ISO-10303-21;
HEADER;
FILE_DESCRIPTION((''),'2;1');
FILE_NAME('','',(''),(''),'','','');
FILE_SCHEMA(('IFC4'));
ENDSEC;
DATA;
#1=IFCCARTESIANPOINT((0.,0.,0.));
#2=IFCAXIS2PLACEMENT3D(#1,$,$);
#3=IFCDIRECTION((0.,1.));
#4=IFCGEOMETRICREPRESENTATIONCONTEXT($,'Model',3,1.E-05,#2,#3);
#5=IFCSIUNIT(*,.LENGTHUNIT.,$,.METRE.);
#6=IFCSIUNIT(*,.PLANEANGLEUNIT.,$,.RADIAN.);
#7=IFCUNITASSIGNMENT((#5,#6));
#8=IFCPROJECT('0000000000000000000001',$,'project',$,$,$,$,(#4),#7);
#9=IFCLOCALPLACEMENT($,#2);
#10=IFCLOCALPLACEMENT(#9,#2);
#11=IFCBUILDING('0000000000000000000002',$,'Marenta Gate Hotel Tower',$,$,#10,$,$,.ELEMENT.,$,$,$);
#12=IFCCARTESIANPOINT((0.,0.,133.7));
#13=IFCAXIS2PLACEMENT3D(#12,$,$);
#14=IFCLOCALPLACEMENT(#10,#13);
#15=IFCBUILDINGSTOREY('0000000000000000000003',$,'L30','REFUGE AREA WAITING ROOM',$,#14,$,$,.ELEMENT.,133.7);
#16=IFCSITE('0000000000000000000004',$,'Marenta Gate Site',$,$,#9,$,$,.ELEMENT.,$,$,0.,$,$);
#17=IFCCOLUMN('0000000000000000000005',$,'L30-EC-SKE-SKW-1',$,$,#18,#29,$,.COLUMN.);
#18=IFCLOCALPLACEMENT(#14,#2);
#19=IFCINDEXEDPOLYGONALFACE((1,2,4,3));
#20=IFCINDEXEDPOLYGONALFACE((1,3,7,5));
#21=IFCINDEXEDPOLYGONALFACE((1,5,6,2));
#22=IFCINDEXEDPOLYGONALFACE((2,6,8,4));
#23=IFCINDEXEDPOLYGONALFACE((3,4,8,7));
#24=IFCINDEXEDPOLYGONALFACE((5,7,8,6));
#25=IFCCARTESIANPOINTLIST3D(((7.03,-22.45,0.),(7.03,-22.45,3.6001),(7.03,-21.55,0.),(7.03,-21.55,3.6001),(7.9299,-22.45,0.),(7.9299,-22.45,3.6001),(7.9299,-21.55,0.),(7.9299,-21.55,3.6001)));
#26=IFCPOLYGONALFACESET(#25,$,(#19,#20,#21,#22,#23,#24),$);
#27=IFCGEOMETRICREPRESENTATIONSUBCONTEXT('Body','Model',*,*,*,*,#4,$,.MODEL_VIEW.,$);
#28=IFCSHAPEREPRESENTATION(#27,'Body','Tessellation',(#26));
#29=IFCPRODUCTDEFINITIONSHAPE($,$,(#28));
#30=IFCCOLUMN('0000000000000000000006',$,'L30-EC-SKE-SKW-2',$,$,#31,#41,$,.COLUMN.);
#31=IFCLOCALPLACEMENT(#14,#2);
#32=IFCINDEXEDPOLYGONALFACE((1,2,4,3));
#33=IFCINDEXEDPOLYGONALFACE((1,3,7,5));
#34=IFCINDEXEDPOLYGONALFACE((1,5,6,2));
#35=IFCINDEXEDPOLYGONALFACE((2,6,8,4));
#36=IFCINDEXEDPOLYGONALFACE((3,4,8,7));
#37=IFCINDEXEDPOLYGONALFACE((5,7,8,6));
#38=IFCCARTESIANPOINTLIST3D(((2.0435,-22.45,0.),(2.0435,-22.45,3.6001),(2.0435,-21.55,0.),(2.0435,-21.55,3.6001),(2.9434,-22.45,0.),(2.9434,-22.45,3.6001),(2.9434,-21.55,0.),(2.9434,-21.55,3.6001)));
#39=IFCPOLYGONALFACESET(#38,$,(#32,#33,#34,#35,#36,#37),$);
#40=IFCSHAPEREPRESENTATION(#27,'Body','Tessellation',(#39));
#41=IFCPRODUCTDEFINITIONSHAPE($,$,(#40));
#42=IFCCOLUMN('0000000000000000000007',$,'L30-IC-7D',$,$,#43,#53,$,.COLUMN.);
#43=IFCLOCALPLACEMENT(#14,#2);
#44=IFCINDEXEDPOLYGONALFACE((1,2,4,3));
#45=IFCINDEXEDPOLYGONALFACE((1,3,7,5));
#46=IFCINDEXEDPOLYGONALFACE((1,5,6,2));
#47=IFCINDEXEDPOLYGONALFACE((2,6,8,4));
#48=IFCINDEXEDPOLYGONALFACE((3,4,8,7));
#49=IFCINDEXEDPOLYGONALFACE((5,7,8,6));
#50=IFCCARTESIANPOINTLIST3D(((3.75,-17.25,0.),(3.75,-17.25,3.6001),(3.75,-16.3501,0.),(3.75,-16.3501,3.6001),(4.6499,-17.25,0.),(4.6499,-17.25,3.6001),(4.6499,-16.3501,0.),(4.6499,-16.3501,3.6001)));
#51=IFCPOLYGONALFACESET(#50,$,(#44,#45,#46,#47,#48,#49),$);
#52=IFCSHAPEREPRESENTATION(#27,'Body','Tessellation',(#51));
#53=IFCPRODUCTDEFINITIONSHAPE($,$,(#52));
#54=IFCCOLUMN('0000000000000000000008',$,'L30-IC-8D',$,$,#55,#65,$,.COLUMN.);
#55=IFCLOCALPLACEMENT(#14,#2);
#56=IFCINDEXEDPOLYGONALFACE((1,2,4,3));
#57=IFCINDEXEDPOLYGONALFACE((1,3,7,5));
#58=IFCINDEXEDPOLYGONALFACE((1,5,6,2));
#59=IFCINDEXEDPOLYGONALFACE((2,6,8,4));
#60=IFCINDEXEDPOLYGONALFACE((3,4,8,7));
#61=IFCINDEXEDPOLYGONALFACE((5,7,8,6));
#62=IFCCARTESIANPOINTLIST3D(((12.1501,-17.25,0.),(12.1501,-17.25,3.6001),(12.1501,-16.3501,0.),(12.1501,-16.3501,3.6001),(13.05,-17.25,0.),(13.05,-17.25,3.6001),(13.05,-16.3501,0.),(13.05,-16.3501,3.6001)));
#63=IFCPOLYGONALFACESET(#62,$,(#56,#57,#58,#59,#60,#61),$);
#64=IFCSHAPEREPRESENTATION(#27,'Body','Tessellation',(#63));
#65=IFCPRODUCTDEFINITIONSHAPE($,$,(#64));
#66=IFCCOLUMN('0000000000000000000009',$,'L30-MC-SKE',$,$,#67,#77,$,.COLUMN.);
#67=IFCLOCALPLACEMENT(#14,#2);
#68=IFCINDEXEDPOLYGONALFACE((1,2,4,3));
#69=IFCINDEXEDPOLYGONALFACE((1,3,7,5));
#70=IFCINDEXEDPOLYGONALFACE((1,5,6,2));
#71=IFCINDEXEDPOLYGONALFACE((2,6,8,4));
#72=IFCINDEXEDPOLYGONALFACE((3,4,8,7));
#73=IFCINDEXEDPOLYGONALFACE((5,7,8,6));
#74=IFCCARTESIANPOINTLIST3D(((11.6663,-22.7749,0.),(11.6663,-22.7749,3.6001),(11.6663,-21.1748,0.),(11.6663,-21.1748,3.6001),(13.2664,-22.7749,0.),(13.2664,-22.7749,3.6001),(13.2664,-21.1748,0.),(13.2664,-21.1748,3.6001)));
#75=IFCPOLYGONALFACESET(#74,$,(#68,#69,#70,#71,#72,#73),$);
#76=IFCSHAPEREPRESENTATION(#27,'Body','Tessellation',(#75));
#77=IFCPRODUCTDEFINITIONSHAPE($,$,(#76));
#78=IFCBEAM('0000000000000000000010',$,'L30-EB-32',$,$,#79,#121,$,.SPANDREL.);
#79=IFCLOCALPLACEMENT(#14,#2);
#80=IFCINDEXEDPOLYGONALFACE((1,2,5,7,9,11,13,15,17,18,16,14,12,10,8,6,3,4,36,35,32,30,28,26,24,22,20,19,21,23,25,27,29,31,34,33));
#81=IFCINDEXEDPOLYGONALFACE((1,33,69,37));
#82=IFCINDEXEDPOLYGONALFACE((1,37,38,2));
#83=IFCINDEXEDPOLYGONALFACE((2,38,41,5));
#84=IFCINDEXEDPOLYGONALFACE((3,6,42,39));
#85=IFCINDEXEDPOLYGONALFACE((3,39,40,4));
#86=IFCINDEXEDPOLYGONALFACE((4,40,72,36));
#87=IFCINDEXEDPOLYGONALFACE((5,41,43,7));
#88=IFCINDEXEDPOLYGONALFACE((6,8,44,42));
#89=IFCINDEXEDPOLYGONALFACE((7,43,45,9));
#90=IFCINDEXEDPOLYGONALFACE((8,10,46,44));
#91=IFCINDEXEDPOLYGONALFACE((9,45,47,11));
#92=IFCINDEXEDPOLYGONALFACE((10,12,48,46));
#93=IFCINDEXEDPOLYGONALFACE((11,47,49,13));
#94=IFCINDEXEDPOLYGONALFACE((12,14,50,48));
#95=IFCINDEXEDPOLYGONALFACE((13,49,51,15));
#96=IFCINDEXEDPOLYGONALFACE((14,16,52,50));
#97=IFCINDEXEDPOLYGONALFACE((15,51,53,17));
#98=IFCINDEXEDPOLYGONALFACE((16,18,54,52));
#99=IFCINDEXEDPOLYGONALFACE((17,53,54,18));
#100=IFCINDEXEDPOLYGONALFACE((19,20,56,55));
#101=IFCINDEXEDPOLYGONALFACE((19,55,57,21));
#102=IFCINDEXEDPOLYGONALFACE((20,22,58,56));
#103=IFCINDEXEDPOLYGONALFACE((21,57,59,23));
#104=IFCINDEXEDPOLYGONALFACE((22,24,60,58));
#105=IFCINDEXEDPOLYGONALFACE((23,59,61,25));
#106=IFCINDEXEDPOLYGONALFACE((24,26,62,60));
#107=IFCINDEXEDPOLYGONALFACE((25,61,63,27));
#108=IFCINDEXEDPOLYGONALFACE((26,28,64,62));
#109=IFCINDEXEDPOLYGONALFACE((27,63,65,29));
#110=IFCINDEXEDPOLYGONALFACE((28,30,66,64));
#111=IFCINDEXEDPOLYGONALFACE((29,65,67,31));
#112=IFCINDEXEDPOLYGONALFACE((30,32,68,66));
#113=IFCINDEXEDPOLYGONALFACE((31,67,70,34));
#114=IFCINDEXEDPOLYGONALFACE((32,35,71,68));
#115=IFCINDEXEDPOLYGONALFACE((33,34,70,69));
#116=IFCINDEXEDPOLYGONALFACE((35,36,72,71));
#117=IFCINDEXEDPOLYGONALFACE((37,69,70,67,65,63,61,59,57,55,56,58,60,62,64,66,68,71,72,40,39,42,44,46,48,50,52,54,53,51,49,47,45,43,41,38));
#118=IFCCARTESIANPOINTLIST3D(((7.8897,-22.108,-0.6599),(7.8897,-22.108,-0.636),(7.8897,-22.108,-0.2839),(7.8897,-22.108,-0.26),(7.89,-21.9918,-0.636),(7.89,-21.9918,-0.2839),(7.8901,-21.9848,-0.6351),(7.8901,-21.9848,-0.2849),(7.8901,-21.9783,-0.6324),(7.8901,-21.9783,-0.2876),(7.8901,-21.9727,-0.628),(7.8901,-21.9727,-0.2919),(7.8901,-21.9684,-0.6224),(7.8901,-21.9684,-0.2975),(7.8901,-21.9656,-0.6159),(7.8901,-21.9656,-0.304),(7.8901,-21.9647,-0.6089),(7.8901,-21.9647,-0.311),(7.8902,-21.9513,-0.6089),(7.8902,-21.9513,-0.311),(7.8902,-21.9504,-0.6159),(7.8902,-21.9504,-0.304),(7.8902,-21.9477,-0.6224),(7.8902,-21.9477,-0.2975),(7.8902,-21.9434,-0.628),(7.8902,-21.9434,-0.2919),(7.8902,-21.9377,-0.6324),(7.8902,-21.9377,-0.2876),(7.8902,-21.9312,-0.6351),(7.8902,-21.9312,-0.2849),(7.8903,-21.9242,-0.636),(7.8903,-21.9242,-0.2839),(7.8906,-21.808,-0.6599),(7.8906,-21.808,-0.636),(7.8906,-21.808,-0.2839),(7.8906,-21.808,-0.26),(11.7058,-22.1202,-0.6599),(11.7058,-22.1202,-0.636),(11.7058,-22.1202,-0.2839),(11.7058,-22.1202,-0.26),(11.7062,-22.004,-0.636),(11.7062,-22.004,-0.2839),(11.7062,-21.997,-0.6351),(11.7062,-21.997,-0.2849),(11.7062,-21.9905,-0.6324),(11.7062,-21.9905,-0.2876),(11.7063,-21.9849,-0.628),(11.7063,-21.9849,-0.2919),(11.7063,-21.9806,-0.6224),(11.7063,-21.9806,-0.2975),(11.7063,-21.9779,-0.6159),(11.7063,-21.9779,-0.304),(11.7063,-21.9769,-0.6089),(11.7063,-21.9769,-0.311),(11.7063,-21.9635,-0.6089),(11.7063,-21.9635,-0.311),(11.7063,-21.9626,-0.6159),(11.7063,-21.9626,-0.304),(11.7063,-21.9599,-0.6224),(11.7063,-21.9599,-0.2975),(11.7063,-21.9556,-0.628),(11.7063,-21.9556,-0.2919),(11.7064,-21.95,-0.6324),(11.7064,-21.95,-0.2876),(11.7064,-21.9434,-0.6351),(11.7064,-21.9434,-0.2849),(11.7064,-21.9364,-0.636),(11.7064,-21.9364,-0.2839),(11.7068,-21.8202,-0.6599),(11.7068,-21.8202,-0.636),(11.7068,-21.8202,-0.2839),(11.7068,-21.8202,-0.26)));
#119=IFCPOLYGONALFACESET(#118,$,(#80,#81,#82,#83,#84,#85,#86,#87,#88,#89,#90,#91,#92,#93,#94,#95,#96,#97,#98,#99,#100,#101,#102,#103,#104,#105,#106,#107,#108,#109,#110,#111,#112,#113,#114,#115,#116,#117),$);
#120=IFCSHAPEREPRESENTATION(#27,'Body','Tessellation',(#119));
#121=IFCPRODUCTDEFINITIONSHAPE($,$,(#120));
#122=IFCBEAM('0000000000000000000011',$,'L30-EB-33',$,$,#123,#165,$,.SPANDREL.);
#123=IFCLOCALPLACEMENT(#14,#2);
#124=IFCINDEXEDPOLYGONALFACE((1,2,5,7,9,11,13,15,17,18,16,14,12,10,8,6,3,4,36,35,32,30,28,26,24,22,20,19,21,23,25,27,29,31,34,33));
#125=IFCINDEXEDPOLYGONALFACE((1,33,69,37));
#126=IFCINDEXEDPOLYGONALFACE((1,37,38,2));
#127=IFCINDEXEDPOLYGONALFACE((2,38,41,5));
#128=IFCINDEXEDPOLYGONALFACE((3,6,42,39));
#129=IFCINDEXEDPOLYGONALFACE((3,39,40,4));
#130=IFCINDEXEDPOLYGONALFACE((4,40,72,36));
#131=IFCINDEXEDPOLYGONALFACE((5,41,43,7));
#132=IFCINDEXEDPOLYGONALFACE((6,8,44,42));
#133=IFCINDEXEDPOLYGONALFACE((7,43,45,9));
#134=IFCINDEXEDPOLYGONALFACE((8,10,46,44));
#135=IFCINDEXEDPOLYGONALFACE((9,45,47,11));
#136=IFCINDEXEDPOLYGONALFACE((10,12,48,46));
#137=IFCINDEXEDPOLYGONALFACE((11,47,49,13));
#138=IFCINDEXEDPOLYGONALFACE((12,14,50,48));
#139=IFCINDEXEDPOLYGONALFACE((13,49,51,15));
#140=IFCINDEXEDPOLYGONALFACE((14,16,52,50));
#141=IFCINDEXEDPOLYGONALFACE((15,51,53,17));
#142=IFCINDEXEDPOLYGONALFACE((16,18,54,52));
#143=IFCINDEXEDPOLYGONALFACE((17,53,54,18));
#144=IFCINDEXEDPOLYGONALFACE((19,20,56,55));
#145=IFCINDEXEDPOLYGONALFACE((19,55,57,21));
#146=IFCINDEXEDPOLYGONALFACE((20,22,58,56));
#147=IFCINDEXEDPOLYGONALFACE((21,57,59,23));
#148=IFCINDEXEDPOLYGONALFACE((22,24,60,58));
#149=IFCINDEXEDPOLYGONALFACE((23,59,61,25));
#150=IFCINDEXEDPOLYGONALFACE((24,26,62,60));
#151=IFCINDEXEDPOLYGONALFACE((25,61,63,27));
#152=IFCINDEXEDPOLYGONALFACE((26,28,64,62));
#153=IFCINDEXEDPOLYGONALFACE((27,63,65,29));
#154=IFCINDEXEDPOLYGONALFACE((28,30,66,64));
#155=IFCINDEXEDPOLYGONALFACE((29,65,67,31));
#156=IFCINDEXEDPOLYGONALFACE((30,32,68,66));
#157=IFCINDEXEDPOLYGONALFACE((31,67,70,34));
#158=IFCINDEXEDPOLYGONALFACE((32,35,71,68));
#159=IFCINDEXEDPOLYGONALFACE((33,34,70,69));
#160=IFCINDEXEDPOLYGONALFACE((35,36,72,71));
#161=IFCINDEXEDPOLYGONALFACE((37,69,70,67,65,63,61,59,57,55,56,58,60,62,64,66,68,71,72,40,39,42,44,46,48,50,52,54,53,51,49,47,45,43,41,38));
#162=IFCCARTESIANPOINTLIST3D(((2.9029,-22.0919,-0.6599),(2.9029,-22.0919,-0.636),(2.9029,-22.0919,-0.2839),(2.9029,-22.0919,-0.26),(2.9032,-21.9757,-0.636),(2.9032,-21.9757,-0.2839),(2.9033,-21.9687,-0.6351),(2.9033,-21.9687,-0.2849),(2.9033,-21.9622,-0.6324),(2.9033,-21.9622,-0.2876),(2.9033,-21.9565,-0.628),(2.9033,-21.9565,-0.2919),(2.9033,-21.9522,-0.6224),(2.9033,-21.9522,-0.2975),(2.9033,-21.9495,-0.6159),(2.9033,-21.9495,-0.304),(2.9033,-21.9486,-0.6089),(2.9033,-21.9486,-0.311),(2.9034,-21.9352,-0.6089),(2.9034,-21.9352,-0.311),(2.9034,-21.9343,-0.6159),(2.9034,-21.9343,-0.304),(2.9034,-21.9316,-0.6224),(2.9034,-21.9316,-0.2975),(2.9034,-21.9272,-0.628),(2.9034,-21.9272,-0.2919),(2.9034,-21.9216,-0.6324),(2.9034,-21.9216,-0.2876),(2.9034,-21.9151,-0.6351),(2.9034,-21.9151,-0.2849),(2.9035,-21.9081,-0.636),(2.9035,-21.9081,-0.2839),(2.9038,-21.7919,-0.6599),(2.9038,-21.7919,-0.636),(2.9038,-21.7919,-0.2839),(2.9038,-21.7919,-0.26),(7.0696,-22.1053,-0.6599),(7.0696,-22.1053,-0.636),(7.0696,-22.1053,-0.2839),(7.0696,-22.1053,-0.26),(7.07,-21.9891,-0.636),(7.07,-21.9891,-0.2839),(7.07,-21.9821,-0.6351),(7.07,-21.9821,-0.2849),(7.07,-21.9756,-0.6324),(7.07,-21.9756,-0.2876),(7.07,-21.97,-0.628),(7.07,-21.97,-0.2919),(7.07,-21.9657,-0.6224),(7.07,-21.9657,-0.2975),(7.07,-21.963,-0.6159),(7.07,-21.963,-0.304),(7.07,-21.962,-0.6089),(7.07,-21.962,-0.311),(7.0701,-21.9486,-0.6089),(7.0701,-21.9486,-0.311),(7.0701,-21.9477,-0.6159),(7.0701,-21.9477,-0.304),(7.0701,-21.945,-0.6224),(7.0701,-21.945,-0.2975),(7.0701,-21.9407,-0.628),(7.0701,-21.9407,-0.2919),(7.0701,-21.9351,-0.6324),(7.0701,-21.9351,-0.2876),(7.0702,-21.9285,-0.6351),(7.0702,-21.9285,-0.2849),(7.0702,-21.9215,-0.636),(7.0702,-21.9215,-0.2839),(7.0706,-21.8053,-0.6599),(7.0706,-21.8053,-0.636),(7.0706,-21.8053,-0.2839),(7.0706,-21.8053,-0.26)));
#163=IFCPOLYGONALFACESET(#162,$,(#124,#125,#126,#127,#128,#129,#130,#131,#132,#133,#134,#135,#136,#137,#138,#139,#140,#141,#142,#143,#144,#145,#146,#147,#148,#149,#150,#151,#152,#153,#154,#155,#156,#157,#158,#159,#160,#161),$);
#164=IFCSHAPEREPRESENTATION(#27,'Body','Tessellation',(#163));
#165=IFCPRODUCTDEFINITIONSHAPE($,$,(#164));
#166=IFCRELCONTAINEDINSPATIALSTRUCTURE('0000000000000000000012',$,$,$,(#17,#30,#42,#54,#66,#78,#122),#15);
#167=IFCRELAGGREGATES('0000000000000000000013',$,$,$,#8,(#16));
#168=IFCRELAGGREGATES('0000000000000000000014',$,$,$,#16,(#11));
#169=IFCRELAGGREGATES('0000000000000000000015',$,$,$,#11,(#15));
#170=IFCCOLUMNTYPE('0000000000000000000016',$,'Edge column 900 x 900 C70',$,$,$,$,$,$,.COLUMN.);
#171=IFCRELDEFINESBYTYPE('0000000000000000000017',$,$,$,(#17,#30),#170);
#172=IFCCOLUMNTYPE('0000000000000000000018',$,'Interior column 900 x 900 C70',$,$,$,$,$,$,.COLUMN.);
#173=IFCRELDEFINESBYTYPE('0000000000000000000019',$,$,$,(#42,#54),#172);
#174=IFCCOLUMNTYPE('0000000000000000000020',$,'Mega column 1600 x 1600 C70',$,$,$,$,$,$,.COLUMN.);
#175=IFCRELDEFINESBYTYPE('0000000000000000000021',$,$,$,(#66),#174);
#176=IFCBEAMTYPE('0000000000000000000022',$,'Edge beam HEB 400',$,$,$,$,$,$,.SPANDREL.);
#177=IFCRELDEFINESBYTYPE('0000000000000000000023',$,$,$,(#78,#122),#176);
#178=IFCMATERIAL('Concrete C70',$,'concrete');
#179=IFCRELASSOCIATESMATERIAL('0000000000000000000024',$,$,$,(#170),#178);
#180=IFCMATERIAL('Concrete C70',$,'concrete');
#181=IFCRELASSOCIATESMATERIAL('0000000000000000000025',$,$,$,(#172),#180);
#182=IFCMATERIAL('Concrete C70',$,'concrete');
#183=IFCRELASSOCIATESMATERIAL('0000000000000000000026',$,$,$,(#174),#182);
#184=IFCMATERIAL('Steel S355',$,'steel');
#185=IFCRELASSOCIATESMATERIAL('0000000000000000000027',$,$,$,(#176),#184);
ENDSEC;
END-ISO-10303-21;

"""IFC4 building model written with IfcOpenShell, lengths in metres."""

from ifc_helpers import new_model, si_unit, direction, frame, origin, origin_2d, place, context, subcontext, project, spatial, rectangle, i_section, extrude, material, material_profile, profile_set, type_object, element, save


model = new_model("IFC4")

# Units and contexts
model_context = context("Model", 3, precision=1e-05, world=origin(), true_north=direction((0.0, 1.0)))
body_context = subcontext(model_context, "Body", "Model", "MODEL_VIEW")
ifc_project = project(units=[si_unit("LENGTHUNIT", "METRE"), si_unit("PLANEANGLEUNIT", "RADIAN")], contexts=[model_context])

# Site, building, storey
site_placement = place(None, origin())
site = spatial("IfcSite", under=ifc_project, at=site_placement, Name="Marenta Gate Site", CompositionType="ELEMENT", RefElevation=0.0)
building_placement = place(site_placement, origin())
building = spatial("IfcBuilding", under=site, at=building_placement, Name="Marenta Gate Hotel Tower", CompositionType="ELEMENT")
storey_placement = place(building_placement, frame((0.0, 0.0, 133.7)))
storey = spatial("IfcBuildingStorey", under=building, at=storey_placement, Name="L30", Description="REFUGE AREA WAITING ROOM", CompositionType="ELEMENT", Elevation=133.7)

# Columns
ifc_material_1 = material(Name="Concrete C70", Category="concrete")
ifc_material_profile_1 = material_profile(ifc_material_1, rectangle(XDim=0.8999, YDim=0.8999, at=origin_2d()), Name="900 x 900")
ifc_profile_set_1 = profile_set([ifc_material_profile_1], Name="Concrete C70")
column_type_1 = type_object("IfcColumnType", Name="Edge column 900 x 900 C70", PredefinedType="COLUMN", material=ifc_profile_set_1)
for number, where, z_axis, x_axis, name in (
    (1, (7.48, -22.0, 0.0), (0.0, 0.0, 1.0), (1.0, 0.0, 0.0), "L30-EC-SKE-SKW-1"),
    (2, (2.4934, -22.0, 0.0), (0.0, 0.0, 1.0), (1.0, 0.0, 0.0), "L30-EC-SKE-SKW-2"),
):
    element("IfcColumn", number, at=place(storey_placement, frame(where, z_axis=z_axis, x_axis=x_axis)), inside=storey, type_object=column_type_1, Name=name, PredefinedType="COLUMN", context=body_context, shape_type="SweptSolid", body=[
        extrude(rectangle(XDim=0.8999, YDim=0.8999, at=origin_2d()), origin(), (0.0, 0.0, 1.0), 3.6001),
    ])
ifc_material_2 = material(Name="Concrete C70", Category="concrete")
ifc_material_profile_2 = material_profile(ifc_material_2, rectangle(XDim=0.8999, YDim=0.8999, at=origin_2d()), Name="900 x 900")
ifc_profile_set_2 = profile_set([ifc_material_profile_2], Name="Concrete C70")
column_type_2 = type_object("IfcColumnType", Name="Interior column 900 x 900 C70", PredefinedType="COLUMN", material=ifc_profile_set_2)
for number, where, z_axis, x_axis, name in (
    (3, (4.2, -16.8, 0.0), (0.0, 0.0, 1.0), (1.0, 0.0, 0.0), "L30-IC-7D"),
    (4, (12.6001, -16.8, 0.0), (0.0, 0.0, 1.0), (1.0, 0.0, 0.0), "L30-IC-8D"),
):
    element("IfcColumn", number, at=place(storey_placement, frame(where, z_axis=z_axis, x_axis=x_axis)), inside=storey, type_object=column_type_2, Name=name, PredefinedType="COLUMN", context=body_context, shape_type="SweptSolid", body=[
        extrude(rectangle(XDim=0.8999, YDim=0.8999, at=origin_2d()), origin(), (0.0, 0.0, 1.0), 3.6001),
    ])
ifc_material_3 = material(Name="Concrete C70", Category="concrete")
ifc_material_profile_3 = material_profile(ifc_material_3, rectangle(XDim=1.6001, YDim=1.6001, at=origin_2d()), Name="1600 x 1600")
ifc_profile_set_3 = profile_set([ifc_material_profile_3], Name="Concrete C70")
column_type_3 = type_object("IfcColumnType", Name="Mega column 1600 x 1600 C70", PredefinedType="COLUMN", material=ifc_profile_set_3)
column_placement = place(storey_placement, frame((12.4663, -21.9749, 0.0), z_axis=(0.0, 0.0, 1.0), x_axis=(1.0, 0.0, 0.0)))
element("IfcColumn", 5, at=column_placement, inside=storey, type_object=column_type_3, Name="L30-MC-SKE", PredefinedType="COLUMN", context=body_context, shape_type="SweptSolid", body=[
    extrude(rectangle(XDim=1.6001, YDim=1.6001, at=origin_2d()), origin(), (0.0, 0.0, 1.0), 3.6001),
])

# Beams
ifc_material_4 = material(Name="Steel S355", Category="steel")
ifc_material_profile_4 = material_profile(ifc_material_4, i_section(OverallWidth=0.3, OverallDepth=0.3999, WebThickness=0.0134, FlangeThickness=0.0239, FilletRadius=0.0271, at=origin_2d()), Name="HEB 400")
ifc_profile_set_4 = profile_set([ifc_material_profile_4], Name="Steel S355")
beam_type_1 = type_object("IfcBeamType", Name="Edge beam HEB 400", PredefinedType="SPANDREL", material=ifc_profile_set_4)
beam_1_placement = place(storey_placement, frame((11.7063, -21.9702, -0.46), z_axis=(-0.999995, 0.003199, 0.0), x_axis=(-0.003199, -0.999995, 0.0)))
element("IfcBeam", 6, at=beam_1_placement, inside=storey, type_object=beam_type_1, Name="L30-EB-32", PredefinedType="SPANDREL", context=body_context, shape_type="SweptSolid", body=[
    extrude(i_section(OverallWidth=0.3, OverallDepth=0.3999, WebThickness=0.0134, FlangeThickness=0.0239, FilletRadius=0.0271, at=origin_2d()), origin(), (0.0, 0.0, 1.0), 3.8162),
])
beam_2_placement = place(storey_placement, frame((7.0701, -21.9553, -0.46), z_axis=(-0.999995, 0.003223, 0.0), x_axis=(-0.003223, -0.999995, 0.0)))
element("IfcBeam", 7, at=beam_2_placement, inside=storey, type_object=beam_type_1, Name="L30-EB-33", PredefinedType="SPANDREL", context=body_context, shape_type="SweptSolid", body=[
    extrude(i_section(OverallWidth=0.3, OverallDepth=0.3999, WebThickness=0.0134, FlangeThickness=0.0239, FilletRadius=0.0271, at=origin_2d()), origin(), (0.0, 0.0, 1.0), 4.1667),
])

save(model, "model.ifc")
